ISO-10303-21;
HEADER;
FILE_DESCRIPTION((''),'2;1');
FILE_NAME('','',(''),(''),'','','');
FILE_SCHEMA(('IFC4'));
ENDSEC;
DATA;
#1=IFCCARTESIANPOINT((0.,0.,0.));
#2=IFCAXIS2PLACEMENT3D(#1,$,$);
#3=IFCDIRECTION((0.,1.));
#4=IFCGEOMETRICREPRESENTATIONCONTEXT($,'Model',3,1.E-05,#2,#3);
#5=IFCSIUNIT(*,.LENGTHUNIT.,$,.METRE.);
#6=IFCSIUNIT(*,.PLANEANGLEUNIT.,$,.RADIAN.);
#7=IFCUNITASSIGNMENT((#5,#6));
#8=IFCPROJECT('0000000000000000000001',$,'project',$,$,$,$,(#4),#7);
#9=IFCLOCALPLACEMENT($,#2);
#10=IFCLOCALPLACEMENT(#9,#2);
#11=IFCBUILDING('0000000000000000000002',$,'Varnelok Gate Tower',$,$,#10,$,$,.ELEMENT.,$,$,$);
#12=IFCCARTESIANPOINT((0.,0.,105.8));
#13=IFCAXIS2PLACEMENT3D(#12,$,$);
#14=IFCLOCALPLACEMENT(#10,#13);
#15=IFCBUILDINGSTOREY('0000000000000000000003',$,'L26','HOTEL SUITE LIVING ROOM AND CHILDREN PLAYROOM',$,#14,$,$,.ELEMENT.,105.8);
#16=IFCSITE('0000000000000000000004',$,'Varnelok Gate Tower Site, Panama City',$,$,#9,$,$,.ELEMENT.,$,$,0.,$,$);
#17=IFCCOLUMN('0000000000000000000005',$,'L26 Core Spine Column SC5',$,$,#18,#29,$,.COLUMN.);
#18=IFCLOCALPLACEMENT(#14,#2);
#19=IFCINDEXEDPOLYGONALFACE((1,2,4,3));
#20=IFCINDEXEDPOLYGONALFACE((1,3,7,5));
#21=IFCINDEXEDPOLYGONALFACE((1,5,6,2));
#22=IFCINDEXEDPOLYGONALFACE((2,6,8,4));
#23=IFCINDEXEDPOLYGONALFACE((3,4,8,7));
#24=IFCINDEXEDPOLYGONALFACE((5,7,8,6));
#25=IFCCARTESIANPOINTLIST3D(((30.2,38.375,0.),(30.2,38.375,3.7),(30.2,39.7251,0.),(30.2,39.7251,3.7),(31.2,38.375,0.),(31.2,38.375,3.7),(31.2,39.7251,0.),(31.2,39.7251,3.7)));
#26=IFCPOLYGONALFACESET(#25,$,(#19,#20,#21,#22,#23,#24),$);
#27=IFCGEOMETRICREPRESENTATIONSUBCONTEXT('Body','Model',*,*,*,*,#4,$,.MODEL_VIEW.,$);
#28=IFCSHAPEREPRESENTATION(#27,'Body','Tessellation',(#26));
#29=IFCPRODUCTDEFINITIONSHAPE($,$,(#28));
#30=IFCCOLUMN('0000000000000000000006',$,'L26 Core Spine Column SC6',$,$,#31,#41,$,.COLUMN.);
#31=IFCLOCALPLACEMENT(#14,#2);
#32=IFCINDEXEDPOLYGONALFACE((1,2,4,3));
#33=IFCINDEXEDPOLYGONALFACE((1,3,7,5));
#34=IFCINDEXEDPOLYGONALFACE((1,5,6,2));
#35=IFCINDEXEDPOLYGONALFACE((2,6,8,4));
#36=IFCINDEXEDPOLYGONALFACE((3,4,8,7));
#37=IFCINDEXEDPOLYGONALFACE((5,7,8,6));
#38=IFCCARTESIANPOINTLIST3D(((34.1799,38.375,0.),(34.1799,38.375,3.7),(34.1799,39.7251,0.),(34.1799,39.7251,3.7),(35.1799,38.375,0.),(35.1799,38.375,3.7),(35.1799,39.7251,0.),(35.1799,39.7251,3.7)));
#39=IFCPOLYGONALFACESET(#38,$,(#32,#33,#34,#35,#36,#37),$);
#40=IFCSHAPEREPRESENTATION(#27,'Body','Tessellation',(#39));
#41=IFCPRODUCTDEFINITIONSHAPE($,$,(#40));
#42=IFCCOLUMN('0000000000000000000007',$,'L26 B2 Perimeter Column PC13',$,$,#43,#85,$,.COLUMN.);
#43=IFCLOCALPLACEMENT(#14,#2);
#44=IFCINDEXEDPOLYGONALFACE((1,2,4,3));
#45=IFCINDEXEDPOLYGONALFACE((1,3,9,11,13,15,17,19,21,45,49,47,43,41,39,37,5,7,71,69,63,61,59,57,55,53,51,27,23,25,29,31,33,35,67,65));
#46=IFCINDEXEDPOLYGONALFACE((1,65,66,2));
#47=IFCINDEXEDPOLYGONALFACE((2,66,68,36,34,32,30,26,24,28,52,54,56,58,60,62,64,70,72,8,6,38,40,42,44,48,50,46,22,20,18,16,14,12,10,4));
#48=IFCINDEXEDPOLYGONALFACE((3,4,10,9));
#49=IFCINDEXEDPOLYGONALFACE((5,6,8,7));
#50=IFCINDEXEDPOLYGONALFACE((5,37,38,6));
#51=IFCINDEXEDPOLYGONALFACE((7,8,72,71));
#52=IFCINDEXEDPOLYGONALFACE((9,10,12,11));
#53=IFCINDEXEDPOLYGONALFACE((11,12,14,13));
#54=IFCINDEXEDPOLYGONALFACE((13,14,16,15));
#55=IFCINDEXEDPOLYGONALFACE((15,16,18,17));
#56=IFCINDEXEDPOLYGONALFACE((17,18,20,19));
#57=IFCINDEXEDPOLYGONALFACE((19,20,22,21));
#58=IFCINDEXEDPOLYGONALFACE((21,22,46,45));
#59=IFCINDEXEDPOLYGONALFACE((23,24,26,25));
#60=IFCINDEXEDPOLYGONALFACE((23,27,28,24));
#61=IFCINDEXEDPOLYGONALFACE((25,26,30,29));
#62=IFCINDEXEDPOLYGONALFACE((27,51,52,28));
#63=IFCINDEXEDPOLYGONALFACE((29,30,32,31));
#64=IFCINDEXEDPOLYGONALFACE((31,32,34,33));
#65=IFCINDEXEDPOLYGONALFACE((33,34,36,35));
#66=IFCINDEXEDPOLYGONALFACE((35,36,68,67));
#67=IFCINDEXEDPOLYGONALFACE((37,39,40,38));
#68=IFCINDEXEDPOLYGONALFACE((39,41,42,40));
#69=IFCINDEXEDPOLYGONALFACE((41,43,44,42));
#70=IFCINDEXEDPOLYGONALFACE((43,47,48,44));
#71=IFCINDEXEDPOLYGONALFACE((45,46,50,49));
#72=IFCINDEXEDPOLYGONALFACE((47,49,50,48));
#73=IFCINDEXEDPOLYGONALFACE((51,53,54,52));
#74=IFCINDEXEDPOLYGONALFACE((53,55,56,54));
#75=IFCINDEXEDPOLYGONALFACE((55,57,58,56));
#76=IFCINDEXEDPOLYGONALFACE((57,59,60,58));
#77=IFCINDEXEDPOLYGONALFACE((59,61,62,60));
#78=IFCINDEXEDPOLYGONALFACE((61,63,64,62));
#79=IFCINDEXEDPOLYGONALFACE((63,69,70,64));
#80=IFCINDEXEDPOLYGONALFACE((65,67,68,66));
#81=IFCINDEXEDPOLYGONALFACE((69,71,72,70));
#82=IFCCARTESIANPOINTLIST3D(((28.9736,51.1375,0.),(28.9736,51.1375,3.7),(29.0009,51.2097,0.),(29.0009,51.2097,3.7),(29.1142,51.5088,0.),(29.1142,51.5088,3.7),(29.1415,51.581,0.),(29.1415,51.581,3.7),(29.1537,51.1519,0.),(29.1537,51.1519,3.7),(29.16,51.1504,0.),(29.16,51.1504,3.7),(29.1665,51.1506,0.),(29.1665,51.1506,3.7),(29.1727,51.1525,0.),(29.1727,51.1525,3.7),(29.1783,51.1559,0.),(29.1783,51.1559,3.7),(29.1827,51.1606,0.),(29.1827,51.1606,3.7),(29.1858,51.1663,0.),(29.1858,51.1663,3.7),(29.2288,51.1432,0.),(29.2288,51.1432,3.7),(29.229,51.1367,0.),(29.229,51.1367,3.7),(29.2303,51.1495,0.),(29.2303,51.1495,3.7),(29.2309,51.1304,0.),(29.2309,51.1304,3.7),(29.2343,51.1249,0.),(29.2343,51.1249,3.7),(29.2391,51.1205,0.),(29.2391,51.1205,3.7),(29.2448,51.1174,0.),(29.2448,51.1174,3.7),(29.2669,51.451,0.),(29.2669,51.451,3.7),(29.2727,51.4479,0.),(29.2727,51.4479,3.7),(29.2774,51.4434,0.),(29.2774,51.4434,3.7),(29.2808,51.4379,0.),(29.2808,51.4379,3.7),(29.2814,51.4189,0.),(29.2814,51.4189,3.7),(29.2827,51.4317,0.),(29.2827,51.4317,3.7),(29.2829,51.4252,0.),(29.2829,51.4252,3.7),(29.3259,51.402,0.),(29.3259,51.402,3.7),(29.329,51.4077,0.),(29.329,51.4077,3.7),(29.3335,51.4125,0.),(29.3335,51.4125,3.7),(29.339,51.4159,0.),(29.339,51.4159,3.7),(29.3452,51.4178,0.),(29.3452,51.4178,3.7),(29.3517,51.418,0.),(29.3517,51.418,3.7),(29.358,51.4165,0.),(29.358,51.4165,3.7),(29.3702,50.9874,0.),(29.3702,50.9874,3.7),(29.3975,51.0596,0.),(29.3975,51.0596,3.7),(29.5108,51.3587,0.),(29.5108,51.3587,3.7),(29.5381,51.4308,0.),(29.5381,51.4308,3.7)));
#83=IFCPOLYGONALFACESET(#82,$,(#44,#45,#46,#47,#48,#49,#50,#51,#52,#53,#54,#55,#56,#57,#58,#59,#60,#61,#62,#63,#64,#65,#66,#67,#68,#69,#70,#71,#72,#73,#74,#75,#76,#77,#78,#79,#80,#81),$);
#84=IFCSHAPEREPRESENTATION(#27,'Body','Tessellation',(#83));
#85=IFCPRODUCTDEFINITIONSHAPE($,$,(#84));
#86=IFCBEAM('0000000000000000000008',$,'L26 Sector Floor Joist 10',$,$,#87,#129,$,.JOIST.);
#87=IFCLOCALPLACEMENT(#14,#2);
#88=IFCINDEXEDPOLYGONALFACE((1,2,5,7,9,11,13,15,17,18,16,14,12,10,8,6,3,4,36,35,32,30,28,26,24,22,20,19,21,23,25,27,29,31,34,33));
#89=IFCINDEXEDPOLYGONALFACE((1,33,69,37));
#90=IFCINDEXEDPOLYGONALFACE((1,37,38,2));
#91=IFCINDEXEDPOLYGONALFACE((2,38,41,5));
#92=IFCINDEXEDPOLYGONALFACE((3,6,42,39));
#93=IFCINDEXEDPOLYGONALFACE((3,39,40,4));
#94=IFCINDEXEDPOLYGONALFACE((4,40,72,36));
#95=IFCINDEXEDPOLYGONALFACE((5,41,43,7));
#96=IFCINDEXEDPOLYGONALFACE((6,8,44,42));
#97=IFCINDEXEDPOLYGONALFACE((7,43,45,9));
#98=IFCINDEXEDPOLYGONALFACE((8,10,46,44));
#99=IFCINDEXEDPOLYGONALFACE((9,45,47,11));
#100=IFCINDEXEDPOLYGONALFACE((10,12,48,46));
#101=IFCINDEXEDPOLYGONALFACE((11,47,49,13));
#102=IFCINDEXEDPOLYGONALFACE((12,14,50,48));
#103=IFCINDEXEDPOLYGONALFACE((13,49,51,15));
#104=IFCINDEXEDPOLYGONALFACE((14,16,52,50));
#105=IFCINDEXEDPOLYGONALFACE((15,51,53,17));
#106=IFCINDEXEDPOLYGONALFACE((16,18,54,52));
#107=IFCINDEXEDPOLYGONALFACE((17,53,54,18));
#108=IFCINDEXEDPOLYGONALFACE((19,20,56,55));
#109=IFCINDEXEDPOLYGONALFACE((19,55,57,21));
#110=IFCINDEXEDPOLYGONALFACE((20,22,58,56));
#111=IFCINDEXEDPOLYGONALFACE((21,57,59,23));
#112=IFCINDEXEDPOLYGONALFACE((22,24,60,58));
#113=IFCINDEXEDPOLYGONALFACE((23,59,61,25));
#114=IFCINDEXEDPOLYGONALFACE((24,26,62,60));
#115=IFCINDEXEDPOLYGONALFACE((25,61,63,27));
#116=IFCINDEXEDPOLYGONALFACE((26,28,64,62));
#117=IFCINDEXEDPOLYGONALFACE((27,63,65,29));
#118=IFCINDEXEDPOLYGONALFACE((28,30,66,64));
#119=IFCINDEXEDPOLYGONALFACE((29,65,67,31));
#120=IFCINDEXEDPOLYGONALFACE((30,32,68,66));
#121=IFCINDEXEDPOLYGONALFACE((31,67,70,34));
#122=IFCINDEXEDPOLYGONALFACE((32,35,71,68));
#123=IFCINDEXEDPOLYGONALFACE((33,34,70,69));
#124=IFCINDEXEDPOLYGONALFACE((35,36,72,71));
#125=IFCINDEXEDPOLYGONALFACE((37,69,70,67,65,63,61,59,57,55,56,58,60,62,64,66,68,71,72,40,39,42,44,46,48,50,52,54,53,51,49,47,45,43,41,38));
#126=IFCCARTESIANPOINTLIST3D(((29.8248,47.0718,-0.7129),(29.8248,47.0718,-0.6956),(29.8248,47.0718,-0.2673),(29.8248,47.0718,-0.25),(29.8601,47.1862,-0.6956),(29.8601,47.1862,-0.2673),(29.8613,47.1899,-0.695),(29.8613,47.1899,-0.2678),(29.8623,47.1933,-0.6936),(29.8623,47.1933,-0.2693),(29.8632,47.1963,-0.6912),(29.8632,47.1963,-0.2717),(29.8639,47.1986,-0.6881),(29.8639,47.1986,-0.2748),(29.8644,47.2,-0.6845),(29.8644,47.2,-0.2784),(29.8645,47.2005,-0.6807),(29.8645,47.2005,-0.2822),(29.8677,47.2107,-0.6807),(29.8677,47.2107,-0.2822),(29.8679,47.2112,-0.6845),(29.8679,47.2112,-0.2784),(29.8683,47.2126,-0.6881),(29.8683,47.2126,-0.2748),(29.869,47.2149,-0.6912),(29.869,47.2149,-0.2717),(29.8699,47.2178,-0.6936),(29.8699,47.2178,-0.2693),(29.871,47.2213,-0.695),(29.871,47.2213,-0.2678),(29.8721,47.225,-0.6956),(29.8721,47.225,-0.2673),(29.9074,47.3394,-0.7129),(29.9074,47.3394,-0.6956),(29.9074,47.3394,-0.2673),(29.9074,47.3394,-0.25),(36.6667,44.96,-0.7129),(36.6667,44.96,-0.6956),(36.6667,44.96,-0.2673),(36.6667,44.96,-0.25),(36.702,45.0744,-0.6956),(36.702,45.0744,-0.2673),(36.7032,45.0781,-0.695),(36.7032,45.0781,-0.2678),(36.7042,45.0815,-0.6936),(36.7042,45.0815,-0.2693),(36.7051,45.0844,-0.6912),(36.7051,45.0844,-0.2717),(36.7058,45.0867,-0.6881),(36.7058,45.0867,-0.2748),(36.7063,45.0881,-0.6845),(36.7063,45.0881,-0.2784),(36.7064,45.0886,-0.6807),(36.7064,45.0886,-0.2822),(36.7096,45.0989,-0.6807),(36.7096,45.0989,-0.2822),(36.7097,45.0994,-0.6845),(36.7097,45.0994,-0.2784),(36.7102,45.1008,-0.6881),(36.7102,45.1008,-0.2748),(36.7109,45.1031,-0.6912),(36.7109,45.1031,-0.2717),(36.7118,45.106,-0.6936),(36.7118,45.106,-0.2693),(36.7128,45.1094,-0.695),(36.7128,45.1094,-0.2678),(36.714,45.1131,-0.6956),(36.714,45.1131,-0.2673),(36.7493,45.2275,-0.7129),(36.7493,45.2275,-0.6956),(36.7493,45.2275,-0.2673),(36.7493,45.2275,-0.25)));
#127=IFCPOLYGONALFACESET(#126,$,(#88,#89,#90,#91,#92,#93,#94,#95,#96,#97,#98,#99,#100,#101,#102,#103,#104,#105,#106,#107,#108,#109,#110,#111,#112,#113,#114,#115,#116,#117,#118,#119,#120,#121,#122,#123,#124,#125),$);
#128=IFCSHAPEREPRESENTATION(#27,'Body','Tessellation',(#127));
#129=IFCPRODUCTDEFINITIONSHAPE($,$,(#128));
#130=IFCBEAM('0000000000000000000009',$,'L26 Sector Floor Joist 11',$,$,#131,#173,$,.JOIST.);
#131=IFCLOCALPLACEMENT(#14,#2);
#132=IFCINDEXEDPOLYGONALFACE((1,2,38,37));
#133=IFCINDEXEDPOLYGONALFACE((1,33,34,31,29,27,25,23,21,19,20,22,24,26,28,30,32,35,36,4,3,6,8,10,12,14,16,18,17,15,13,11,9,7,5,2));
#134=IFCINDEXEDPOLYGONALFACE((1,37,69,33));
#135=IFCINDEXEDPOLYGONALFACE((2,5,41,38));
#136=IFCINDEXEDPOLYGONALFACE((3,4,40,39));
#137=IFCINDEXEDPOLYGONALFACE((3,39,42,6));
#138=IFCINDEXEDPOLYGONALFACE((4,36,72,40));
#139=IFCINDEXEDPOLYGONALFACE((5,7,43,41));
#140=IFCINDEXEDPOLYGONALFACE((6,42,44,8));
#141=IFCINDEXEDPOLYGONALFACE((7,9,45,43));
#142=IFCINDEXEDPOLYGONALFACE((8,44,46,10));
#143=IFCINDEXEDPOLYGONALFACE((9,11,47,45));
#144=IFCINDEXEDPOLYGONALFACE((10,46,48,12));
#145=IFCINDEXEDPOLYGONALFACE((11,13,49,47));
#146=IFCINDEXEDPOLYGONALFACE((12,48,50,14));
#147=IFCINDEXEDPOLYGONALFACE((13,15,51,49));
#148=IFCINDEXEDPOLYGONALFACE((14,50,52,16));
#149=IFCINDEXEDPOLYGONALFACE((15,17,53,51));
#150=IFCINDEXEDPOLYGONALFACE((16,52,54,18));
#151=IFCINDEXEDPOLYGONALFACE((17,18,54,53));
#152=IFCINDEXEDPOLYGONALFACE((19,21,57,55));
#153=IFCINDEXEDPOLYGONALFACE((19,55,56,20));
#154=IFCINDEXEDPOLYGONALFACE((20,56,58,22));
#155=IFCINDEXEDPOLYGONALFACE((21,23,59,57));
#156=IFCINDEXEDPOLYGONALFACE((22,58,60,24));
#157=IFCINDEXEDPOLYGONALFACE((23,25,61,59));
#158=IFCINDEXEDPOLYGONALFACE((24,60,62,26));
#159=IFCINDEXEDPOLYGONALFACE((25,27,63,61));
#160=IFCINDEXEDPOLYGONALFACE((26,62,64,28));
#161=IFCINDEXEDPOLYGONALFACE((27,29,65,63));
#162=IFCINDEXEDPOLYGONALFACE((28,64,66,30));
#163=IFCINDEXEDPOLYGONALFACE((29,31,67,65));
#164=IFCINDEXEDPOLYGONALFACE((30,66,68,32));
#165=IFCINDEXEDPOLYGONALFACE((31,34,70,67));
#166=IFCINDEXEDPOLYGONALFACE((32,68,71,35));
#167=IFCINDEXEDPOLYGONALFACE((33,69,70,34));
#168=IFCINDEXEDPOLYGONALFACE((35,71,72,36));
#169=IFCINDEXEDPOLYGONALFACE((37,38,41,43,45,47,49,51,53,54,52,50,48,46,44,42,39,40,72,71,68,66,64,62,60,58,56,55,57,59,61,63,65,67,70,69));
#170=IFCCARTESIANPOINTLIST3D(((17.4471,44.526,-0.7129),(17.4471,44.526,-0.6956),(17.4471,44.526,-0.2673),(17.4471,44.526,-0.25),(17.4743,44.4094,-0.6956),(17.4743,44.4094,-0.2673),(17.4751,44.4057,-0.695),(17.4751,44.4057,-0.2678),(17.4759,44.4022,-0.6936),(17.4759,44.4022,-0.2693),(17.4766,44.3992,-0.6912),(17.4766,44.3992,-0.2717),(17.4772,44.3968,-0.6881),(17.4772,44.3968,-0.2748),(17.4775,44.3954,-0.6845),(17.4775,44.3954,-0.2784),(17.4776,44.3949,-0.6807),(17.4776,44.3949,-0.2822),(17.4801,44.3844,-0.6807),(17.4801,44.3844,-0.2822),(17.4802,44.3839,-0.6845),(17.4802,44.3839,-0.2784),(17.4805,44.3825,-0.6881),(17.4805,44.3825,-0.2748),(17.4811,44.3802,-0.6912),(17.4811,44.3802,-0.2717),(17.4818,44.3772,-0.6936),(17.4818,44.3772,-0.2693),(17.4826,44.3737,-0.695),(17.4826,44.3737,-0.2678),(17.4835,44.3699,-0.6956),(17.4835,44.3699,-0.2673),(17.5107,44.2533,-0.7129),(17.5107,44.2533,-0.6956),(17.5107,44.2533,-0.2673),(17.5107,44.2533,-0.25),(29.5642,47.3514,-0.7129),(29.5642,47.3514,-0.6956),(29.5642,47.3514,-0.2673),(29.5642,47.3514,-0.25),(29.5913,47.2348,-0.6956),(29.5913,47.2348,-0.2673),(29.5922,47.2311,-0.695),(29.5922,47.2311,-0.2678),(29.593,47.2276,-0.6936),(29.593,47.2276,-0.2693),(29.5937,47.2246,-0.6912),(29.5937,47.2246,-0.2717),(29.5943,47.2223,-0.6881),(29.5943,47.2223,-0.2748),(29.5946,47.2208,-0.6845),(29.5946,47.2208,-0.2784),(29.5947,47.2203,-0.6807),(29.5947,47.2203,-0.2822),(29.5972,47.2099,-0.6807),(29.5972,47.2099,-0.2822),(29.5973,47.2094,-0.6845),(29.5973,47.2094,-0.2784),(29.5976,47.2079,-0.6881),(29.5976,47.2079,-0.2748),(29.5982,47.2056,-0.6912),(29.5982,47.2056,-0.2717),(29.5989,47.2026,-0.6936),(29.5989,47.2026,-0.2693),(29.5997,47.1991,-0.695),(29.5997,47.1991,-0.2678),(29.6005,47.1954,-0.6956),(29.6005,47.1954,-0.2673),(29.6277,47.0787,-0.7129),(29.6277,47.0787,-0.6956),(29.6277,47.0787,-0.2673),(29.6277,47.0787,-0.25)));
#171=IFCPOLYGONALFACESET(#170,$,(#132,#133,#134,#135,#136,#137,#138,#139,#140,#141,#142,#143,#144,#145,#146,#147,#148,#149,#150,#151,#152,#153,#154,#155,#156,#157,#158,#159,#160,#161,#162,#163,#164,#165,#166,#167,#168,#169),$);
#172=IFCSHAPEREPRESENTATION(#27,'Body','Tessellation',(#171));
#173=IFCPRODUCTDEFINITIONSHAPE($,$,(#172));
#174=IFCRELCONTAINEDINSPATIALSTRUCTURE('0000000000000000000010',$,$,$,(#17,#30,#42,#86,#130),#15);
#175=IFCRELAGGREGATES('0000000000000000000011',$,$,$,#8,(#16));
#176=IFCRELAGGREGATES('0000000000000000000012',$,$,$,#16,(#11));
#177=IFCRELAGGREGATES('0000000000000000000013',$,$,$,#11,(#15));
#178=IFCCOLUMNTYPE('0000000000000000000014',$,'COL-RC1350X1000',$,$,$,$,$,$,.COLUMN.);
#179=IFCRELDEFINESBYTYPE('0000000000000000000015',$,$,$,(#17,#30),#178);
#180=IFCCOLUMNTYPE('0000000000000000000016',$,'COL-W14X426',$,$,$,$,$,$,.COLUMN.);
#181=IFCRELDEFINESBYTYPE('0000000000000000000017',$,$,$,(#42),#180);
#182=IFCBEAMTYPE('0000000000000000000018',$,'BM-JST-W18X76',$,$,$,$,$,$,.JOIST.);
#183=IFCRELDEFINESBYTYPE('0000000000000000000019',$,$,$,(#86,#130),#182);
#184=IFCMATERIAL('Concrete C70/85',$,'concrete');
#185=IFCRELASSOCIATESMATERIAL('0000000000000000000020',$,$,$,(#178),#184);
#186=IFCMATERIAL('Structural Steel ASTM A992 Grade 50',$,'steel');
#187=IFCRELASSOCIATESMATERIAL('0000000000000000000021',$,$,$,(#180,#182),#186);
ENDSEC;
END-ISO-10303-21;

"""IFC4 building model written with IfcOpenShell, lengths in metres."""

from ifc_helpers import new_model, si_unit, direction, frame, origin, origin_2d, place, context, subcontext, project, spatial, rectangle, i_section, extrude, material, material_profile, profile_set, type_object, element, save


model = new_model("IFC4")

# Units and contexts
model_context = context("Model", 3, precision=1e-05, world=origin(), true_north=direction((0.0, 1.0)))
body_context = subcontext(model_context, "Body", "Model", "MODEL_VIEW")
ifc_project = project(units=[si_unit("LENGTHUNIT", "METRE"), si_unit("PLANEANGLEUNIT", "RADIAN")], contexts=[model_context])

# Site, building, storey
site_placement = place(None, origin())
site = spatial("IfcSite", under=ifc_project, at=site_placement, Name="Varnelok Gate Tower Site, Panama City", CompositionType="ELEMENT", RefElevation=0.0)
building_placement = place(site_placement, origin())
building = spatial("IfcBuilding", under=site, at=building_placement, Name="Varnelok Gate Tower", CompositionType="ELEMENT")
storey_placement = place(building_placement, frame((0.0, 0.0, 105.8)))
storey = spatial("IfcBuildingStorey", under=building, at=storey_placement, Name="L26", Description="HOTEL SUITE LIVING ROOM AND CHILDREN PLAYROOM", CompositionType="ELEMENT", Elevation=105.8)

# Columns
ifc_material_1 = material(Name="Concrete C70/85", Category="concrete")
ifc_material_profile_1 = material_profile(ifc_material_1, rectangle(XDim=1.0, YDim=1.3501, at=origin_2d()), Name="RC1350X1000")
ifc_profile_set_1 = profile_set([ifc_material_profile_1], Name="Concrete C70/85")
column_type_1 = type_object("IfcColumnType", Name="COL-RC1350X1000", PredefinedType="COLUMN", material=ifc_profile_set_1)
for number, where, z_axis, x_axis, name in (
    (1, (30.7, 39.05, 0.0), (0.0, 0.0, 1.0), (1.0, 0.0, 0.0), "L26 Core Spine Column SC5"),
    (2, (34.6799, 39.05, 0.0), (0.0, 0.0, 1.0), (1.0, 0.0, 0.0), "L26 Core Spine Column SC6"),
):
    element("IfcColumn", number, at=place(storey_placement, frame(where, z_axis=z_axis, x_axis=x_axis)), inside=storey, type_object=column_type_1, Name=name, PredefinedType="COLUMN", context=body_context, shape_type="SweptSolid", body=[
        extrude(rectangle(XDim=1.0, YDim=1.3501, at=origin_2d()), origin(), (0.0, 0.0, 1.0), 3.7),
    ])
ifc_material_2 = material(Name="Structural Steel ASTM A992 Grade 50", Category="steel")
ifc_material_profile_2 = material_profile(ifc_material_2, i_section(OverallWidth=0.4241, OverallDepth=0.4741, WebThickness=0.0476, FlangeThickness=0.0771, FilletRadius=0.0249, at=origin_2d()), Name="W14X426")
ifc_profile_set_2 = profile_set([ifc_material_profile_2], Name="Structural Steel ASTM A992 Grade 50")
column_type_2 = type_object("IfcColumnType", Name="COL-W14X426", PredefinedType="COLUMN", material=ifc_profile_set_2)
column_placement = place(storey_placement, frame((29.2559, 51.2842, 0.0), z_axis=(0.0, 0.0, 1.0), x_axis=(0.935222, -0.354063, 0.0)))
element("IfcColumn", 3, at=column_placement, inside=storey, type_object=column_type_2, Name="L26 B2 Perimeter Column PC13", PredefinedType="COLUMN", context=body_context, shape_type="SweptSolid", body=[
    extrude(i_section(OverallWidth=0.4241, OverallDepth=0.4741, WebThickness=0.0476, FlangeThickness=0.0771, FilletRadius=0.0249, at=origin_2d()), origin(), (0.0, 0.0, 1.0), 3.7),
])

# Beams
ifc_material_profile_3 = material_profile(ifc_material_2, i_section(OverallWidth=0.28, OverallDepth=0.4629, WebThickness=0.0107, FlangeThickness=0.0173, FilletRadius=0.0149, at=origin_2d()), Name="W18X76")
ifc_profile_set_3 = profile_set([ifc_material_profile_3], Name="Structural Steel ASTM A992 Grade 50")
beam_type_1 = type_object("IfcBeamType", Name="BM-JST-W18X76", PredefinedType="JOIST", material=ifc_profile_set_3)
beam_1_placement = place(storey_placement, frame((36.708, 45.0938, -0.4814), z_axis=(-0.955518, 0.294934, 0.0), x_axis=(-0.294934, -0.955518, 0.0)))
element("IfcBeam", 4, at=beam_1_placement, inside=storey, type_object=beam_type_1, Name="L26 Sector Floor Joist 10", PredefinedType="JOIST", context=body_context, shape_type="SweptSolid", body=[
    extrude(i_section(OverallWidth=0.28, OverallDepth=0.4629, WebThickness=0.0107, FlangeThickness=0.0173, FilletRadius=0.0149, at=origin_2d()), origin(), (0.0, 0.0, 1.0), 7.1604),
])
beam_2_placement = place(storey_placement, frame((29.5959, 47.2151, -0.4814), z_axis=(-0.973875, -0.227084, 0.0), x_axis=(0.227084, -0.973875, 0.0)))
element("IfcBeam", 5, at=beam_2_placement, inside=storey, type_object=beam_type_1, Name="L26 Sector Floor Joist 11", PredefinedType="JOIST", context=body_context, shape_type="SweptSolid", body=[
    extrude(i_section(OverallWidth=0.28, OverallDepth=0.4629, WebThickness=0.0107, FlangeThickness=0.0173, FilletRadius=0.0149, at=origin_2d()), origin(), (0.0, 0.0, 1.0), 12.4421),
])

save(model, "model.ifc")
